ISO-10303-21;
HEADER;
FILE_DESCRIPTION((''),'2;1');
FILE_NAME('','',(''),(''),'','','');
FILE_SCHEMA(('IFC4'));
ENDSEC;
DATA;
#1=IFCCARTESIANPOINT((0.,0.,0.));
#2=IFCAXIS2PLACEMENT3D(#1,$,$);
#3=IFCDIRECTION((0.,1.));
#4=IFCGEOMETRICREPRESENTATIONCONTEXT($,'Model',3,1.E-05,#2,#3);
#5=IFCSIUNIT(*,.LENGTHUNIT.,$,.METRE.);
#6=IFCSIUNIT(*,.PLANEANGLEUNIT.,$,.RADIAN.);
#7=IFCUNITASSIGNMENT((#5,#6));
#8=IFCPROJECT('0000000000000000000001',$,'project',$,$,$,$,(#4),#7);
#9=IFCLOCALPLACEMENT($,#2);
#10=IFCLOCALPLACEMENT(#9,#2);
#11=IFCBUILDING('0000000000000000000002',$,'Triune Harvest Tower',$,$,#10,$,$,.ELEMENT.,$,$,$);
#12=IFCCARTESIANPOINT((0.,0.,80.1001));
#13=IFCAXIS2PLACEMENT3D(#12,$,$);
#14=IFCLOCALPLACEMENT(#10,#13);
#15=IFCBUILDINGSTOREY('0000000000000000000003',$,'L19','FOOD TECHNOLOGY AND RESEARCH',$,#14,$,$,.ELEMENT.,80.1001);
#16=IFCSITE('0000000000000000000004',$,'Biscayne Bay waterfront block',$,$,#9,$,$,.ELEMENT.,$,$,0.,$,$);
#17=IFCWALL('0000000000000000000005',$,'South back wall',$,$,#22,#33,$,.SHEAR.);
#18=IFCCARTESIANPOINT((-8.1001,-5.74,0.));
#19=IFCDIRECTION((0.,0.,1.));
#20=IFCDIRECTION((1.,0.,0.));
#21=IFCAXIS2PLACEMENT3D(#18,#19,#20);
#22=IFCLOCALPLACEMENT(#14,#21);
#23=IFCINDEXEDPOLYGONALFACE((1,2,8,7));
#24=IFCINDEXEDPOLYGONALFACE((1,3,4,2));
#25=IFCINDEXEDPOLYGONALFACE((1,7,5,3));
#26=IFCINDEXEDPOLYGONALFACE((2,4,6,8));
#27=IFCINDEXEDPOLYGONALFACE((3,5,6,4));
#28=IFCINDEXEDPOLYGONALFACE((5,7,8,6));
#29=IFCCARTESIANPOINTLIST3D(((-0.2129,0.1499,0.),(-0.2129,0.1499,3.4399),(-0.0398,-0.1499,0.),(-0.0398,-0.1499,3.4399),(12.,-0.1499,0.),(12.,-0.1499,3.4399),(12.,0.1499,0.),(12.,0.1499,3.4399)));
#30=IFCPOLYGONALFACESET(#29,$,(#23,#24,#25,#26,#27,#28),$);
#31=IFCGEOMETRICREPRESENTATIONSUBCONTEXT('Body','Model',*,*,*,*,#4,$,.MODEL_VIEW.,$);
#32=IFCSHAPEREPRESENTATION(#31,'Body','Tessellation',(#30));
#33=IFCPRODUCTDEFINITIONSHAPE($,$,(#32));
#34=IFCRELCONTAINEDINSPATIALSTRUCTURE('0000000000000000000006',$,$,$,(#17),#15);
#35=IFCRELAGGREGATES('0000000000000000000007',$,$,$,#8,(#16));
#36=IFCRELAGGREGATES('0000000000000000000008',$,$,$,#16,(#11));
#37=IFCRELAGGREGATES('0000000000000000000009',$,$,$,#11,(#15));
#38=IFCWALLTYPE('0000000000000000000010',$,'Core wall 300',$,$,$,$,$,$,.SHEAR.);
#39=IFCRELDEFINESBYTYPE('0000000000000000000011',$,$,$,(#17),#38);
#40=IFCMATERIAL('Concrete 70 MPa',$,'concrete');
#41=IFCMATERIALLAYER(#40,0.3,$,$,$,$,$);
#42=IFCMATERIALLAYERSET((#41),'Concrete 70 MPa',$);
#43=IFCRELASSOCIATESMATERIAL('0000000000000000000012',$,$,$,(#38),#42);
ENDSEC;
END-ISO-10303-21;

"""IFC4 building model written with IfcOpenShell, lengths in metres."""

from ifc_helpers import new_model, si_unit, direction, frame, origin, place, context, subcontext, project, spatial, polyline, outline, extrude, source, transform, mapped, material, layer, layer_set, type_object, element, save


model = new_model("IFC4")

# Units and contexts
model_context = context("Model", 3, precision=1e-05, world=origin(), true_north=direction((0.0, 1.0)))
body_context = subcontext(model_context, "Body", "Model", "MODEL_VIEW")
ifc_project = project(units=[si_unit("LENGTHUNIT", "METRE"), si_unit("PLANEANGLEUNIT", "RADIAN")], contexts=[model_context])

# Site, building, storey
site_placement = place(None, origin())
site = spatial("IfcSite", under=ifc_project, at=site_placement, Name="Biscayne Bay waterfront block", CompositionType="ELEMENT", RefElevation=0.0)
building_placement = place(site_placement, origin())
building = spatial("IfcBuilding", under=site, at=building_placement, Name="Triune Harvest Tower", CompositionType="ELEMENT")
storey_placement = place(building_placement, frame((0.0, 0.0, 80.1001)))
storey = spatial("IfcBuildingStorey", under=building, at=storey_placement, Name="L19", Description="FOOD TECHNOLOGY AND RESEARCH", CompositionType="ELEMENT", Elevation=80.1001)

# Shared definitions
ifc_material_1 = material(Name="Concrete 70 MPa", Category="concrete")
ifc_layer_1 = layer(ifc_material_1, 0.3)
ifc_layer_set_1 = layer_set([ifc_layer_1], Name="Concrete 70 MPa")
wall_type_1 = type_object("IfcWallType", Name="Core wall 300", PredefinedType="SHEAR", material=ifc_layer_set_1)

# Wall
shared_shape_1 = source(origin(), body_context, "Body", "SweptSolid", [
    extrude(outline(polyline([(12.0, -0.1499), (-0.0398, -0.1499), (-0.2129, 0.1499), (12.0, 0.1499), (12.0, -0.1499)])), origin(), (0.0, 0.0, 1.0), 3.4399),
])
wall_1_placement = place(storey_placement, frame((-8.1001, -5.74, 0.0), z_axis=(0.0, 0.0, 1.0), x_axis=(1.0, 0.0, 0.0)))
element("IfcWall", 1, at=wall_1_placement, inside=storey, type_object=wall_type_1, Name="South back wall", PredefinedType="SHEAR", context=body_context, shape_type="MappedRepresentation", body=[
    mapped(shared_shape_1, transform((0.0, 0.0, 0.0), scale=1.0)),
])

save(model, "model.ifc")
